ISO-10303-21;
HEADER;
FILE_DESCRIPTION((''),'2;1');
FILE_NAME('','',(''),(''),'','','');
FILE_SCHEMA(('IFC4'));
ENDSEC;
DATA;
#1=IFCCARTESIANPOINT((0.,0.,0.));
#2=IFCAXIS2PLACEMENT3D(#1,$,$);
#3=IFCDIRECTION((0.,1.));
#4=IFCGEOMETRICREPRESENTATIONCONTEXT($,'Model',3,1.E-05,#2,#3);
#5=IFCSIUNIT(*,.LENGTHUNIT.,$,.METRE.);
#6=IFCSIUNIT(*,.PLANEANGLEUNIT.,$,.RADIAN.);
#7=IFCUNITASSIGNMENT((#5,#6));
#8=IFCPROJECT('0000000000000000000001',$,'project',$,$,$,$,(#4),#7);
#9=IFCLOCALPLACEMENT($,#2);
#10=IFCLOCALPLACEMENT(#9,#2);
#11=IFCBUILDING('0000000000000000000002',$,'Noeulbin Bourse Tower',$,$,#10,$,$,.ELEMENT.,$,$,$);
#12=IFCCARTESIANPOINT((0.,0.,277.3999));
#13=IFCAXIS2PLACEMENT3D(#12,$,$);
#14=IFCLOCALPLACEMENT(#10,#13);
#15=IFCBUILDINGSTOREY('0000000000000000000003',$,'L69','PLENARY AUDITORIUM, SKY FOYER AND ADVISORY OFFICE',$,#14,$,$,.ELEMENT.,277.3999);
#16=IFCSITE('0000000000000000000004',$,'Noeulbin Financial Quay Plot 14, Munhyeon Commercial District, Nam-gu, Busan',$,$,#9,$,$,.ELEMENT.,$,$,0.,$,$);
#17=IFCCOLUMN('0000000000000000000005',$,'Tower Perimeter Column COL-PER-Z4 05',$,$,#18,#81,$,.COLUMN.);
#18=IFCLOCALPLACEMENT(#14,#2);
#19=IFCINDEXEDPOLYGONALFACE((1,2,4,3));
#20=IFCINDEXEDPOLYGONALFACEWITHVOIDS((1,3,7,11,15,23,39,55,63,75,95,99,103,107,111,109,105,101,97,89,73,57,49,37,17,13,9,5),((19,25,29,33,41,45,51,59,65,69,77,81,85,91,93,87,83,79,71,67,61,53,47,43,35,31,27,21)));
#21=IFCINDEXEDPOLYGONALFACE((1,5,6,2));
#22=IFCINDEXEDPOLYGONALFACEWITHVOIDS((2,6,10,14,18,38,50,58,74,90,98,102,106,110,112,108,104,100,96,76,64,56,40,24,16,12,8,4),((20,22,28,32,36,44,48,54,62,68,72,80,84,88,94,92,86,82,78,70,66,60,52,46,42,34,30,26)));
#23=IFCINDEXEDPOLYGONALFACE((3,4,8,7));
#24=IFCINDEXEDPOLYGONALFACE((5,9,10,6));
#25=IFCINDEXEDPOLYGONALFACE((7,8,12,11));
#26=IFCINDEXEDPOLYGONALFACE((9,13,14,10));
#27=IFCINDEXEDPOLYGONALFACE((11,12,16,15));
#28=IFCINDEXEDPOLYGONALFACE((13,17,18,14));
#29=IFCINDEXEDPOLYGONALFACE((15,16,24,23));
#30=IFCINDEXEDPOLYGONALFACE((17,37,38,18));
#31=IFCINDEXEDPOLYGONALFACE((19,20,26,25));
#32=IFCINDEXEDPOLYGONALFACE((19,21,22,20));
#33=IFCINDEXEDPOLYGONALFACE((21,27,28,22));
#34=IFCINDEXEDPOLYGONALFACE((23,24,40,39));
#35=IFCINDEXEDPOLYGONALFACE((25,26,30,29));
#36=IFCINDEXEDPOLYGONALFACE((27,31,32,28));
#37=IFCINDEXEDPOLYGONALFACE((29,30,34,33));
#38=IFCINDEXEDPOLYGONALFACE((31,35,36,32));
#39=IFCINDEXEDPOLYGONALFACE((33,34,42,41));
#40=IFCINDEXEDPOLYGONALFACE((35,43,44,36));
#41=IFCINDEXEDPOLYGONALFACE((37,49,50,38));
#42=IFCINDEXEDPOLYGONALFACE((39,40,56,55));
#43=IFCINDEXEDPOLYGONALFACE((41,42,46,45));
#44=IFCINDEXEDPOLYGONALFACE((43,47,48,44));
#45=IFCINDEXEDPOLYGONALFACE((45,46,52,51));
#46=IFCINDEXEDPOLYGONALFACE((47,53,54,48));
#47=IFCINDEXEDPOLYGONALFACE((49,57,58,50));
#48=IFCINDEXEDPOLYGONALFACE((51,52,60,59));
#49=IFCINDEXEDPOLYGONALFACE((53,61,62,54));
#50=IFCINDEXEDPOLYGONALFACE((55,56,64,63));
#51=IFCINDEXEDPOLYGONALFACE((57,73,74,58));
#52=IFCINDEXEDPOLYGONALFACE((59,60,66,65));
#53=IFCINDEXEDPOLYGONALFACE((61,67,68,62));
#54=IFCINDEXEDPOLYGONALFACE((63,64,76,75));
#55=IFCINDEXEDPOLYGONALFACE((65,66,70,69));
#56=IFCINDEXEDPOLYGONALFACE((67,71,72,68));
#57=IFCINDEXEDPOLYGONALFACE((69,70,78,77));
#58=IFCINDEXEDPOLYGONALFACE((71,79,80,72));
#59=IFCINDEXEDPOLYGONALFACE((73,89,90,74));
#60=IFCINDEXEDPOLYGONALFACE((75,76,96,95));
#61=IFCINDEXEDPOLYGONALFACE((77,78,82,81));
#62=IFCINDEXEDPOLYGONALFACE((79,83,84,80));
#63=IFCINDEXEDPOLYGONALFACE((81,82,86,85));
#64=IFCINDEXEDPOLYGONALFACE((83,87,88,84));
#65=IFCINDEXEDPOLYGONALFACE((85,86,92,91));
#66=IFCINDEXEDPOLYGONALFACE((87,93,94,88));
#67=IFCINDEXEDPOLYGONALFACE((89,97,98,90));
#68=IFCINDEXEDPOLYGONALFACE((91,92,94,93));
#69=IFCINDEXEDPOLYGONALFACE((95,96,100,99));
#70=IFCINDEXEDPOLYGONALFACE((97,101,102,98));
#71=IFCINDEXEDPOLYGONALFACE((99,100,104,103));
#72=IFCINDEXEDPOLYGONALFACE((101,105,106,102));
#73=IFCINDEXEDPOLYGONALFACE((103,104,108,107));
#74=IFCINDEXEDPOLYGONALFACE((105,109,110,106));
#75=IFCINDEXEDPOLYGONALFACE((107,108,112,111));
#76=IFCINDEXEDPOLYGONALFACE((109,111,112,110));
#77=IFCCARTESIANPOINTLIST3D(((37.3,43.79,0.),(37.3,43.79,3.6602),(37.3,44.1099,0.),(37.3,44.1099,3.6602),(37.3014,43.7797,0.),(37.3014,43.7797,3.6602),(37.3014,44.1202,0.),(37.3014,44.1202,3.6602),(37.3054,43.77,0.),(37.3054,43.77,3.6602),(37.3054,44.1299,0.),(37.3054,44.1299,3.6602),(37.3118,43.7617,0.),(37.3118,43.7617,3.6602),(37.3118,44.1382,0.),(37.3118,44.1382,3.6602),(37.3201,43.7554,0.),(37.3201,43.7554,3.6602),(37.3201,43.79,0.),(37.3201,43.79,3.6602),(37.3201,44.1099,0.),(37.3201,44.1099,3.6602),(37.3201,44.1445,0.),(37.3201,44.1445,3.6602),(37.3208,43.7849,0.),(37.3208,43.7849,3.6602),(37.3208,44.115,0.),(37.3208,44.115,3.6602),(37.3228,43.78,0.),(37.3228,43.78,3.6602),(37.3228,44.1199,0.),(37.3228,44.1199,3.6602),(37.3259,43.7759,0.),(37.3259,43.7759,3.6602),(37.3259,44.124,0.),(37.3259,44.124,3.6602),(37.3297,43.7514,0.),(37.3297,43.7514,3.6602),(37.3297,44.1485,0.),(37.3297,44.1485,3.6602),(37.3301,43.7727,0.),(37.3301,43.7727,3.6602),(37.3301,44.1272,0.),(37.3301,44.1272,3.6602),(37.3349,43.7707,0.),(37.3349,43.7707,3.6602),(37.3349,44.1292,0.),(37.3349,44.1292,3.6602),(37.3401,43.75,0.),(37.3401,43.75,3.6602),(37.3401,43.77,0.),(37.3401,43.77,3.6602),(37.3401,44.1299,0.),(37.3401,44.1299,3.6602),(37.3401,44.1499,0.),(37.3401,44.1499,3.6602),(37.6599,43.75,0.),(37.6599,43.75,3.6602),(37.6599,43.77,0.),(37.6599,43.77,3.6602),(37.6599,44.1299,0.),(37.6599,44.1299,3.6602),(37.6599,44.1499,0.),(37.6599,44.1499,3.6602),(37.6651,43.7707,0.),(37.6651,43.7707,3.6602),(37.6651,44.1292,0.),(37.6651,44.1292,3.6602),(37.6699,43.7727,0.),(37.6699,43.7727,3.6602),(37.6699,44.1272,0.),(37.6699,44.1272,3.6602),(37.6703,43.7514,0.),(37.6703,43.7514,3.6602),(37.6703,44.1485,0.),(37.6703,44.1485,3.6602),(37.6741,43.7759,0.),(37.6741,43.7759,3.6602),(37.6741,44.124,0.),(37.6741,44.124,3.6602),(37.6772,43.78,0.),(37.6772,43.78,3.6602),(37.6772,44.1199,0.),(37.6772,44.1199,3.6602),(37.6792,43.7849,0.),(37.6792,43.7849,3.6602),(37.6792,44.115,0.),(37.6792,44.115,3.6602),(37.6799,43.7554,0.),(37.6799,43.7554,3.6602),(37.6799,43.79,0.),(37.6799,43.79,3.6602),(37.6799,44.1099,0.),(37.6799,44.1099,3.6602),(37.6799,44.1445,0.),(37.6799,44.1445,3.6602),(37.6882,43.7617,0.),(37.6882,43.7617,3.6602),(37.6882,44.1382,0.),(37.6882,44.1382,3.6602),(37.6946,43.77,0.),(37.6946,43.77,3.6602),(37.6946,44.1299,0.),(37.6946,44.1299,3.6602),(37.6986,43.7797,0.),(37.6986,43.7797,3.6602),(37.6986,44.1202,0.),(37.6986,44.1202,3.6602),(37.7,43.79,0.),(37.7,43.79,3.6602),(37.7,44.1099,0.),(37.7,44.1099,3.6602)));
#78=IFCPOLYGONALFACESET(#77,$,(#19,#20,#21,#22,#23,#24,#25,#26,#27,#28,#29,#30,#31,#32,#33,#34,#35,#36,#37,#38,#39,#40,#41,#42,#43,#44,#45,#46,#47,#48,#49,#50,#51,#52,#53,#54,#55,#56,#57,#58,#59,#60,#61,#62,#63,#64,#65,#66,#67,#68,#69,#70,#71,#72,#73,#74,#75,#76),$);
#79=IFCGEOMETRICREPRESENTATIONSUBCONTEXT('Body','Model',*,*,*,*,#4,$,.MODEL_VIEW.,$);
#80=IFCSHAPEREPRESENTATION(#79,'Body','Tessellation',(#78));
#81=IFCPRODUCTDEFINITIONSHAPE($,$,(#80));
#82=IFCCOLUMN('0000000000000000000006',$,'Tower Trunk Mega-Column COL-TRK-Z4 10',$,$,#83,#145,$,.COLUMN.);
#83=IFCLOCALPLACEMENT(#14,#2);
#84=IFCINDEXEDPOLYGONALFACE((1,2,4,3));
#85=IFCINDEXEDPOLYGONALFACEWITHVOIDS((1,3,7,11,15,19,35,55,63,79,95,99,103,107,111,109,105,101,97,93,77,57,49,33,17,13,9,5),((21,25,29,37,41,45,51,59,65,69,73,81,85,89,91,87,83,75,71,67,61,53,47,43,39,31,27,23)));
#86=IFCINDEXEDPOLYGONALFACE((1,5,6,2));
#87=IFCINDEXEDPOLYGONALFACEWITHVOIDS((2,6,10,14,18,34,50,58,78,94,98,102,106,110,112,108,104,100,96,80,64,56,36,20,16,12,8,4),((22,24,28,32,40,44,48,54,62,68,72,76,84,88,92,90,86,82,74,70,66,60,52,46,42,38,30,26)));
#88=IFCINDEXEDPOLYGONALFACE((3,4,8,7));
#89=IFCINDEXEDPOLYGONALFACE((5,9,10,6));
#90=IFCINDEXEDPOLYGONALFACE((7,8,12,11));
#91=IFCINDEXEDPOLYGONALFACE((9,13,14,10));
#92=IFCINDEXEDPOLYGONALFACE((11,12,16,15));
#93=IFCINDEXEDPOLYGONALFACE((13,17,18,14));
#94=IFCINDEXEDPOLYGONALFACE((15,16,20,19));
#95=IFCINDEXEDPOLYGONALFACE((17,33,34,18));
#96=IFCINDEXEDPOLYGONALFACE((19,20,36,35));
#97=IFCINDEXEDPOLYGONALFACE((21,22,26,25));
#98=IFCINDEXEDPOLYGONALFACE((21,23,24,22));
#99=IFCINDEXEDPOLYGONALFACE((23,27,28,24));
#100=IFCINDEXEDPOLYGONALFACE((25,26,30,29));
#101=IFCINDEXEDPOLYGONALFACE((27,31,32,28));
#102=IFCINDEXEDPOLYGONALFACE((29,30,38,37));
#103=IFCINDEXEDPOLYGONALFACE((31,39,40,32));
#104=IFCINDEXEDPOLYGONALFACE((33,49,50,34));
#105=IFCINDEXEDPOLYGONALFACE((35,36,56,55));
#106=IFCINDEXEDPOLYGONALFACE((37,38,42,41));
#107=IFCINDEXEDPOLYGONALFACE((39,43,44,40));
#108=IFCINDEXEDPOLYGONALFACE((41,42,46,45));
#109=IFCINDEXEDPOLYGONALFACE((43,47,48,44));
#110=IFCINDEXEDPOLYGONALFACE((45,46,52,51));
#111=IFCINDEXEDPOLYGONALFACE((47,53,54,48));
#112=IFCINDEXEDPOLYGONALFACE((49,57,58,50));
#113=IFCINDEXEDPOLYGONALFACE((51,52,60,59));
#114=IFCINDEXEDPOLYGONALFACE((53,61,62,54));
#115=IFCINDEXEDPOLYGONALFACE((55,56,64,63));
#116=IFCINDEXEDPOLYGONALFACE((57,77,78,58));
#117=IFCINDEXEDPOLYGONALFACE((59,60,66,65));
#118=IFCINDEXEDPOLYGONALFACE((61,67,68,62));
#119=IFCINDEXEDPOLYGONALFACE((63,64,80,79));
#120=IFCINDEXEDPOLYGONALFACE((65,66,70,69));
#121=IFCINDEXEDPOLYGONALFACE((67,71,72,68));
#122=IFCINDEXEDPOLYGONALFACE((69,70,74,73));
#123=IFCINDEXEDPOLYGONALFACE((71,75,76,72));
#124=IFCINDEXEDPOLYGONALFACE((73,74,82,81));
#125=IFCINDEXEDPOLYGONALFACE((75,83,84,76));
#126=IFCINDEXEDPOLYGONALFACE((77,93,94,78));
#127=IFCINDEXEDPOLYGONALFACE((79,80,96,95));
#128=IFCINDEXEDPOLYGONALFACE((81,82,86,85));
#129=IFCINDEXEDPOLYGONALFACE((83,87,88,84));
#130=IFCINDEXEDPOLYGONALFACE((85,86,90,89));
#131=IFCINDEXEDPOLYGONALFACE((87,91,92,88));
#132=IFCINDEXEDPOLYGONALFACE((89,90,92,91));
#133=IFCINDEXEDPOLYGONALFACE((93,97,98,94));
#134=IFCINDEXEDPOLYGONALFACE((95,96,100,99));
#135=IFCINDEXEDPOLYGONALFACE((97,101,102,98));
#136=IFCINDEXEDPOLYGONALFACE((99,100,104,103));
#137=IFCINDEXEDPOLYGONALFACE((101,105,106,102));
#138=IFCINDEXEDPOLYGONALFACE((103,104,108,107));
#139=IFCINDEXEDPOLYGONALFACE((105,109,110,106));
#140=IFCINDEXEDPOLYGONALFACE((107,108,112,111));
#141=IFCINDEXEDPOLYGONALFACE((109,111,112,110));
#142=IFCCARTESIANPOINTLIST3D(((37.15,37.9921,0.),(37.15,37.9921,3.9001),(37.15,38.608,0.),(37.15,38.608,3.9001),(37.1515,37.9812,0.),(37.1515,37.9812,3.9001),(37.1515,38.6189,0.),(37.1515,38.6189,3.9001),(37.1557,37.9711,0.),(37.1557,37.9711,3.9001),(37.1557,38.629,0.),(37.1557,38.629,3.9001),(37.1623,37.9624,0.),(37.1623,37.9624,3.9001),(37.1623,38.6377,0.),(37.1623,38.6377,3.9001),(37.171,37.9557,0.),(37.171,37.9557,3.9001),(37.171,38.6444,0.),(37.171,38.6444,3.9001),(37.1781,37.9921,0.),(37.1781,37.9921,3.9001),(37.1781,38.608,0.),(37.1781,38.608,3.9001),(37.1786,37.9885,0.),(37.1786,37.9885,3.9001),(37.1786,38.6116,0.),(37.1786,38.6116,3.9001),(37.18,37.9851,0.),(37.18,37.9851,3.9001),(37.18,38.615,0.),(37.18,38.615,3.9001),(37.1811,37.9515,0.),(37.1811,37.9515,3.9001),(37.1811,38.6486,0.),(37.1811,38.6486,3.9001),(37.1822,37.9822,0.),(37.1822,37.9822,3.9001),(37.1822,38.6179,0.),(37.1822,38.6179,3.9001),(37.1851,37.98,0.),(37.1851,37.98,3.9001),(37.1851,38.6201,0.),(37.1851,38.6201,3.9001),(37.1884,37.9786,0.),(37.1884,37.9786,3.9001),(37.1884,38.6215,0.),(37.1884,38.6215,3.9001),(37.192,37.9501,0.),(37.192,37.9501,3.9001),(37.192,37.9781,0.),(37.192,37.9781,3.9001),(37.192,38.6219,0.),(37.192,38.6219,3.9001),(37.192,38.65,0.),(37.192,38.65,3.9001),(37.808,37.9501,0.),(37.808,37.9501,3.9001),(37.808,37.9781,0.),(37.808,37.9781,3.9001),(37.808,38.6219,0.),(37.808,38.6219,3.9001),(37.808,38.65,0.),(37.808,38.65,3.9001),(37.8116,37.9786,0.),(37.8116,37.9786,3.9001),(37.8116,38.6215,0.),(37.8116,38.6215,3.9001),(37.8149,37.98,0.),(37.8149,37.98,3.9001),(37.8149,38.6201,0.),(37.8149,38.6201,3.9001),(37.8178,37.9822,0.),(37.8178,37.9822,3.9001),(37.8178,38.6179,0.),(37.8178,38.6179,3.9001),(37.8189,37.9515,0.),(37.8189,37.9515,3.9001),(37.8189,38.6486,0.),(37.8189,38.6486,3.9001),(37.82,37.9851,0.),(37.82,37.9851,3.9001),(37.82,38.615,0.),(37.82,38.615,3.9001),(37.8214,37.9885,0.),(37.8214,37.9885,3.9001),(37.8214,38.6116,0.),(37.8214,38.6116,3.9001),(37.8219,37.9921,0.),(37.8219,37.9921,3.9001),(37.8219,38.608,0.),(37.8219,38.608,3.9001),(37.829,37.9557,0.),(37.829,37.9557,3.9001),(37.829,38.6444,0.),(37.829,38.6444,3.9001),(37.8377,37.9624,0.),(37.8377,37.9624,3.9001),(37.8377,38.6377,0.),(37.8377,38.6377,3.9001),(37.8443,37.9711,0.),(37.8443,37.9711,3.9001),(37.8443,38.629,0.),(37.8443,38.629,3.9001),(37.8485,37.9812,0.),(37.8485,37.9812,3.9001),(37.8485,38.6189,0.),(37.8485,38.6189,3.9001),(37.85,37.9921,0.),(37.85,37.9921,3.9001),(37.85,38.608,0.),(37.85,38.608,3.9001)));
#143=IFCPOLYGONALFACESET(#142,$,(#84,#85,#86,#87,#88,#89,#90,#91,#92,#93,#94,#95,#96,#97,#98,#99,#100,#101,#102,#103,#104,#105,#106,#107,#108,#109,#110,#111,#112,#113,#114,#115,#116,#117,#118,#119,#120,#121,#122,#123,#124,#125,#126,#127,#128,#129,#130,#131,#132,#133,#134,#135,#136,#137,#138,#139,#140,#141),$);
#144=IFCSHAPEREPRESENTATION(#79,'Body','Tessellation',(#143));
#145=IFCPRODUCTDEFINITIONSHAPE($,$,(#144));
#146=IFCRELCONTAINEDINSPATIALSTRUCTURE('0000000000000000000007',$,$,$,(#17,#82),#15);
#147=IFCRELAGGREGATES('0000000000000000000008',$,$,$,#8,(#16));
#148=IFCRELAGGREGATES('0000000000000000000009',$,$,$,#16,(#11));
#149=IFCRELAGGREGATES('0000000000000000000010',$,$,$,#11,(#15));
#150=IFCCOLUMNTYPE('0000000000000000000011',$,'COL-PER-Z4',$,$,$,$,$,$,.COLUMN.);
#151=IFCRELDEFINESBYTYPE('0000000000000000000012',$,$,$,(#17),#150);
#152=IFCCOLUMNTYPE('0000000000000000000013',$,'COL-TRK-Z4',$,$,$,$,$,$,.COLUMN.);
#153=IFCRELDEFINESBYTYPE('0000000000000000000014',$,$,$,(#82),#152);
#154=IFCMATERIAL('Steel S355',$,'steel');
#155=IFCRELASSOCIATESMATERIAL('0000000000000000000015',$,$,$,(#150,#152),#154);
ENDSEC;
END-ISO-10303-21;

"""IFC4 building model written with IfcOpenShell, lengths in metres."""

from ifc_helpers import new_model, si_unit, direction, frame, origin, origin_2d, place, context, subcontext, project, spatial, hollow_rectangle, extrude, material, material_profile, profile_set, type_object, element, save


model = new_model("IFC4")

# Units and contexts
model_context = context("Model", 3, precision=1e-05, world=origin(), true_north=direction((0.0, 1.0)))
body_context = subcontext(model_context, "Body", "Model", "MODEL_VIEW")
ifc_project = project(units=[si_unit("LENGTHUNIT", "METRE"), si_unit("PLANEANGLEUNIT", "RADIAN")], contexts=[model_context])

# Site, building, storey
site_placement = place(None, origin())
site = spatial("IfcSite", under=ifc_project, at=site_placement, Name="Noeulbin Financial Quay Plot 14, Munhyeon Commercial District, Nam-gu, Busan", CompositionType="ELEMENT", RefElevation=0.0)
building_placement = place(site_placement, origin())
building = spatial("IfcBuilding", under=site, at=building_placement, Name="Noeulbin Bourse Tower", CompositionType="ELEMENT")
storey_placement = place(building_placement, frame((0.0, 0.0, 277.3999)))
storey = spatial("IfcBuildingStorey", under=building, at=storey_placement, Name="L69", Description="PLENARY AUDITORIUM, SKY FOYER AND ADVISORY OFFICE", CompositionType="ELEMENT", Elevation=277.3999)

# Columns
ifc_material_1 = material(Name="Steel S355", Category="steel")
ifc_material_profile_1 = material_profile(ifc_material_1, hollow_rectangle(XDim=0.3999, YDim=0.3999, WallThickness=0.02, InnerFilletRadius=0.02, OuterFilletRadius=0.04, at=origin_2d()), Name="SHS-400x400x20", Category="LoadBearing")
ifc_profile_set_1 = profile_set([ifc_material_profile_1], Name="Steel S355")
column_type_1 = type_object("IfcColumnType", Name="COL-PER-Z4", PredefinedType="COLUMN", material=ifc_profile_set_1)
column_1_placement = place(storey_placement, frame((37.5, 43.95, 0.0), z_axis=(0.0, 0.0, 1.0), x_axis=(1.0, 0.0, 0.0)))
element("IfcColumn", 1, at=column_1_placement, inside=storey, type_object=column_type_1, Name="Tower Perimeter Column COL-PER-Z4 05", PredefinedType="COLUMN", context=body_context, shape_type="SweptSolid", body=[
    extrude(hollow_rectangle(XDim=0.3999, YDim=0.3999, WallThickness=0.02, InnerFilletRadius=0.02, OuterFilletRadius=0.04, at=origin_2d()), origin(), (0.0, 0.0, 1.0), 3.6602),
])
ifc_material_profile_2 = material_profile(ifc_material_1, hollow_rectangle(XDim=0.7, YDim=0.7, WallThickness=0.0281, InnerFilletRadius=0.0139, OuterFilletRadius=0.042, at=origin_2d()), Name="BOX-700x700x28", Category="LoadBearing")
ifc_profile_set_2 = profile_set([ifc_material_profile_2], Name="Steel S355")
column_type_2 = type_object("IfcColumnType", Name="COL-TRK-Z4", PredefinedType="COLUMN", material=ifc_profile_set_2)
for number, where, z_axis, x_axis, name in (
    (2, (37.5, 38.3, 0.0), (0.0, 0.0, 1.0), (1.0, 0.0, 0.0), "Tower Trunk Mega-Column COL-TRK-Z4 10"),
):
    element("IfcColumn", number, at=place(storey_placement, frame(where, z_axis=z_axis, x_axis=x_axis)), inside=storey, type_object=column_type_2, Name=name, PredefinedType="COLUMN", context=body_context, shape_type="SweptSolid", body=[
        extrude(hollow_rectangle(XDim=0.7, YDim=0.7, WallThickness=0.0281, InnerFilletRadius=0.0139, OuterFilletRadius=0.042, at=origin_2d()), origin(), (0.0, 0.0, 1.0), 3.9001),
    ])

save(model, "model.ifc")
